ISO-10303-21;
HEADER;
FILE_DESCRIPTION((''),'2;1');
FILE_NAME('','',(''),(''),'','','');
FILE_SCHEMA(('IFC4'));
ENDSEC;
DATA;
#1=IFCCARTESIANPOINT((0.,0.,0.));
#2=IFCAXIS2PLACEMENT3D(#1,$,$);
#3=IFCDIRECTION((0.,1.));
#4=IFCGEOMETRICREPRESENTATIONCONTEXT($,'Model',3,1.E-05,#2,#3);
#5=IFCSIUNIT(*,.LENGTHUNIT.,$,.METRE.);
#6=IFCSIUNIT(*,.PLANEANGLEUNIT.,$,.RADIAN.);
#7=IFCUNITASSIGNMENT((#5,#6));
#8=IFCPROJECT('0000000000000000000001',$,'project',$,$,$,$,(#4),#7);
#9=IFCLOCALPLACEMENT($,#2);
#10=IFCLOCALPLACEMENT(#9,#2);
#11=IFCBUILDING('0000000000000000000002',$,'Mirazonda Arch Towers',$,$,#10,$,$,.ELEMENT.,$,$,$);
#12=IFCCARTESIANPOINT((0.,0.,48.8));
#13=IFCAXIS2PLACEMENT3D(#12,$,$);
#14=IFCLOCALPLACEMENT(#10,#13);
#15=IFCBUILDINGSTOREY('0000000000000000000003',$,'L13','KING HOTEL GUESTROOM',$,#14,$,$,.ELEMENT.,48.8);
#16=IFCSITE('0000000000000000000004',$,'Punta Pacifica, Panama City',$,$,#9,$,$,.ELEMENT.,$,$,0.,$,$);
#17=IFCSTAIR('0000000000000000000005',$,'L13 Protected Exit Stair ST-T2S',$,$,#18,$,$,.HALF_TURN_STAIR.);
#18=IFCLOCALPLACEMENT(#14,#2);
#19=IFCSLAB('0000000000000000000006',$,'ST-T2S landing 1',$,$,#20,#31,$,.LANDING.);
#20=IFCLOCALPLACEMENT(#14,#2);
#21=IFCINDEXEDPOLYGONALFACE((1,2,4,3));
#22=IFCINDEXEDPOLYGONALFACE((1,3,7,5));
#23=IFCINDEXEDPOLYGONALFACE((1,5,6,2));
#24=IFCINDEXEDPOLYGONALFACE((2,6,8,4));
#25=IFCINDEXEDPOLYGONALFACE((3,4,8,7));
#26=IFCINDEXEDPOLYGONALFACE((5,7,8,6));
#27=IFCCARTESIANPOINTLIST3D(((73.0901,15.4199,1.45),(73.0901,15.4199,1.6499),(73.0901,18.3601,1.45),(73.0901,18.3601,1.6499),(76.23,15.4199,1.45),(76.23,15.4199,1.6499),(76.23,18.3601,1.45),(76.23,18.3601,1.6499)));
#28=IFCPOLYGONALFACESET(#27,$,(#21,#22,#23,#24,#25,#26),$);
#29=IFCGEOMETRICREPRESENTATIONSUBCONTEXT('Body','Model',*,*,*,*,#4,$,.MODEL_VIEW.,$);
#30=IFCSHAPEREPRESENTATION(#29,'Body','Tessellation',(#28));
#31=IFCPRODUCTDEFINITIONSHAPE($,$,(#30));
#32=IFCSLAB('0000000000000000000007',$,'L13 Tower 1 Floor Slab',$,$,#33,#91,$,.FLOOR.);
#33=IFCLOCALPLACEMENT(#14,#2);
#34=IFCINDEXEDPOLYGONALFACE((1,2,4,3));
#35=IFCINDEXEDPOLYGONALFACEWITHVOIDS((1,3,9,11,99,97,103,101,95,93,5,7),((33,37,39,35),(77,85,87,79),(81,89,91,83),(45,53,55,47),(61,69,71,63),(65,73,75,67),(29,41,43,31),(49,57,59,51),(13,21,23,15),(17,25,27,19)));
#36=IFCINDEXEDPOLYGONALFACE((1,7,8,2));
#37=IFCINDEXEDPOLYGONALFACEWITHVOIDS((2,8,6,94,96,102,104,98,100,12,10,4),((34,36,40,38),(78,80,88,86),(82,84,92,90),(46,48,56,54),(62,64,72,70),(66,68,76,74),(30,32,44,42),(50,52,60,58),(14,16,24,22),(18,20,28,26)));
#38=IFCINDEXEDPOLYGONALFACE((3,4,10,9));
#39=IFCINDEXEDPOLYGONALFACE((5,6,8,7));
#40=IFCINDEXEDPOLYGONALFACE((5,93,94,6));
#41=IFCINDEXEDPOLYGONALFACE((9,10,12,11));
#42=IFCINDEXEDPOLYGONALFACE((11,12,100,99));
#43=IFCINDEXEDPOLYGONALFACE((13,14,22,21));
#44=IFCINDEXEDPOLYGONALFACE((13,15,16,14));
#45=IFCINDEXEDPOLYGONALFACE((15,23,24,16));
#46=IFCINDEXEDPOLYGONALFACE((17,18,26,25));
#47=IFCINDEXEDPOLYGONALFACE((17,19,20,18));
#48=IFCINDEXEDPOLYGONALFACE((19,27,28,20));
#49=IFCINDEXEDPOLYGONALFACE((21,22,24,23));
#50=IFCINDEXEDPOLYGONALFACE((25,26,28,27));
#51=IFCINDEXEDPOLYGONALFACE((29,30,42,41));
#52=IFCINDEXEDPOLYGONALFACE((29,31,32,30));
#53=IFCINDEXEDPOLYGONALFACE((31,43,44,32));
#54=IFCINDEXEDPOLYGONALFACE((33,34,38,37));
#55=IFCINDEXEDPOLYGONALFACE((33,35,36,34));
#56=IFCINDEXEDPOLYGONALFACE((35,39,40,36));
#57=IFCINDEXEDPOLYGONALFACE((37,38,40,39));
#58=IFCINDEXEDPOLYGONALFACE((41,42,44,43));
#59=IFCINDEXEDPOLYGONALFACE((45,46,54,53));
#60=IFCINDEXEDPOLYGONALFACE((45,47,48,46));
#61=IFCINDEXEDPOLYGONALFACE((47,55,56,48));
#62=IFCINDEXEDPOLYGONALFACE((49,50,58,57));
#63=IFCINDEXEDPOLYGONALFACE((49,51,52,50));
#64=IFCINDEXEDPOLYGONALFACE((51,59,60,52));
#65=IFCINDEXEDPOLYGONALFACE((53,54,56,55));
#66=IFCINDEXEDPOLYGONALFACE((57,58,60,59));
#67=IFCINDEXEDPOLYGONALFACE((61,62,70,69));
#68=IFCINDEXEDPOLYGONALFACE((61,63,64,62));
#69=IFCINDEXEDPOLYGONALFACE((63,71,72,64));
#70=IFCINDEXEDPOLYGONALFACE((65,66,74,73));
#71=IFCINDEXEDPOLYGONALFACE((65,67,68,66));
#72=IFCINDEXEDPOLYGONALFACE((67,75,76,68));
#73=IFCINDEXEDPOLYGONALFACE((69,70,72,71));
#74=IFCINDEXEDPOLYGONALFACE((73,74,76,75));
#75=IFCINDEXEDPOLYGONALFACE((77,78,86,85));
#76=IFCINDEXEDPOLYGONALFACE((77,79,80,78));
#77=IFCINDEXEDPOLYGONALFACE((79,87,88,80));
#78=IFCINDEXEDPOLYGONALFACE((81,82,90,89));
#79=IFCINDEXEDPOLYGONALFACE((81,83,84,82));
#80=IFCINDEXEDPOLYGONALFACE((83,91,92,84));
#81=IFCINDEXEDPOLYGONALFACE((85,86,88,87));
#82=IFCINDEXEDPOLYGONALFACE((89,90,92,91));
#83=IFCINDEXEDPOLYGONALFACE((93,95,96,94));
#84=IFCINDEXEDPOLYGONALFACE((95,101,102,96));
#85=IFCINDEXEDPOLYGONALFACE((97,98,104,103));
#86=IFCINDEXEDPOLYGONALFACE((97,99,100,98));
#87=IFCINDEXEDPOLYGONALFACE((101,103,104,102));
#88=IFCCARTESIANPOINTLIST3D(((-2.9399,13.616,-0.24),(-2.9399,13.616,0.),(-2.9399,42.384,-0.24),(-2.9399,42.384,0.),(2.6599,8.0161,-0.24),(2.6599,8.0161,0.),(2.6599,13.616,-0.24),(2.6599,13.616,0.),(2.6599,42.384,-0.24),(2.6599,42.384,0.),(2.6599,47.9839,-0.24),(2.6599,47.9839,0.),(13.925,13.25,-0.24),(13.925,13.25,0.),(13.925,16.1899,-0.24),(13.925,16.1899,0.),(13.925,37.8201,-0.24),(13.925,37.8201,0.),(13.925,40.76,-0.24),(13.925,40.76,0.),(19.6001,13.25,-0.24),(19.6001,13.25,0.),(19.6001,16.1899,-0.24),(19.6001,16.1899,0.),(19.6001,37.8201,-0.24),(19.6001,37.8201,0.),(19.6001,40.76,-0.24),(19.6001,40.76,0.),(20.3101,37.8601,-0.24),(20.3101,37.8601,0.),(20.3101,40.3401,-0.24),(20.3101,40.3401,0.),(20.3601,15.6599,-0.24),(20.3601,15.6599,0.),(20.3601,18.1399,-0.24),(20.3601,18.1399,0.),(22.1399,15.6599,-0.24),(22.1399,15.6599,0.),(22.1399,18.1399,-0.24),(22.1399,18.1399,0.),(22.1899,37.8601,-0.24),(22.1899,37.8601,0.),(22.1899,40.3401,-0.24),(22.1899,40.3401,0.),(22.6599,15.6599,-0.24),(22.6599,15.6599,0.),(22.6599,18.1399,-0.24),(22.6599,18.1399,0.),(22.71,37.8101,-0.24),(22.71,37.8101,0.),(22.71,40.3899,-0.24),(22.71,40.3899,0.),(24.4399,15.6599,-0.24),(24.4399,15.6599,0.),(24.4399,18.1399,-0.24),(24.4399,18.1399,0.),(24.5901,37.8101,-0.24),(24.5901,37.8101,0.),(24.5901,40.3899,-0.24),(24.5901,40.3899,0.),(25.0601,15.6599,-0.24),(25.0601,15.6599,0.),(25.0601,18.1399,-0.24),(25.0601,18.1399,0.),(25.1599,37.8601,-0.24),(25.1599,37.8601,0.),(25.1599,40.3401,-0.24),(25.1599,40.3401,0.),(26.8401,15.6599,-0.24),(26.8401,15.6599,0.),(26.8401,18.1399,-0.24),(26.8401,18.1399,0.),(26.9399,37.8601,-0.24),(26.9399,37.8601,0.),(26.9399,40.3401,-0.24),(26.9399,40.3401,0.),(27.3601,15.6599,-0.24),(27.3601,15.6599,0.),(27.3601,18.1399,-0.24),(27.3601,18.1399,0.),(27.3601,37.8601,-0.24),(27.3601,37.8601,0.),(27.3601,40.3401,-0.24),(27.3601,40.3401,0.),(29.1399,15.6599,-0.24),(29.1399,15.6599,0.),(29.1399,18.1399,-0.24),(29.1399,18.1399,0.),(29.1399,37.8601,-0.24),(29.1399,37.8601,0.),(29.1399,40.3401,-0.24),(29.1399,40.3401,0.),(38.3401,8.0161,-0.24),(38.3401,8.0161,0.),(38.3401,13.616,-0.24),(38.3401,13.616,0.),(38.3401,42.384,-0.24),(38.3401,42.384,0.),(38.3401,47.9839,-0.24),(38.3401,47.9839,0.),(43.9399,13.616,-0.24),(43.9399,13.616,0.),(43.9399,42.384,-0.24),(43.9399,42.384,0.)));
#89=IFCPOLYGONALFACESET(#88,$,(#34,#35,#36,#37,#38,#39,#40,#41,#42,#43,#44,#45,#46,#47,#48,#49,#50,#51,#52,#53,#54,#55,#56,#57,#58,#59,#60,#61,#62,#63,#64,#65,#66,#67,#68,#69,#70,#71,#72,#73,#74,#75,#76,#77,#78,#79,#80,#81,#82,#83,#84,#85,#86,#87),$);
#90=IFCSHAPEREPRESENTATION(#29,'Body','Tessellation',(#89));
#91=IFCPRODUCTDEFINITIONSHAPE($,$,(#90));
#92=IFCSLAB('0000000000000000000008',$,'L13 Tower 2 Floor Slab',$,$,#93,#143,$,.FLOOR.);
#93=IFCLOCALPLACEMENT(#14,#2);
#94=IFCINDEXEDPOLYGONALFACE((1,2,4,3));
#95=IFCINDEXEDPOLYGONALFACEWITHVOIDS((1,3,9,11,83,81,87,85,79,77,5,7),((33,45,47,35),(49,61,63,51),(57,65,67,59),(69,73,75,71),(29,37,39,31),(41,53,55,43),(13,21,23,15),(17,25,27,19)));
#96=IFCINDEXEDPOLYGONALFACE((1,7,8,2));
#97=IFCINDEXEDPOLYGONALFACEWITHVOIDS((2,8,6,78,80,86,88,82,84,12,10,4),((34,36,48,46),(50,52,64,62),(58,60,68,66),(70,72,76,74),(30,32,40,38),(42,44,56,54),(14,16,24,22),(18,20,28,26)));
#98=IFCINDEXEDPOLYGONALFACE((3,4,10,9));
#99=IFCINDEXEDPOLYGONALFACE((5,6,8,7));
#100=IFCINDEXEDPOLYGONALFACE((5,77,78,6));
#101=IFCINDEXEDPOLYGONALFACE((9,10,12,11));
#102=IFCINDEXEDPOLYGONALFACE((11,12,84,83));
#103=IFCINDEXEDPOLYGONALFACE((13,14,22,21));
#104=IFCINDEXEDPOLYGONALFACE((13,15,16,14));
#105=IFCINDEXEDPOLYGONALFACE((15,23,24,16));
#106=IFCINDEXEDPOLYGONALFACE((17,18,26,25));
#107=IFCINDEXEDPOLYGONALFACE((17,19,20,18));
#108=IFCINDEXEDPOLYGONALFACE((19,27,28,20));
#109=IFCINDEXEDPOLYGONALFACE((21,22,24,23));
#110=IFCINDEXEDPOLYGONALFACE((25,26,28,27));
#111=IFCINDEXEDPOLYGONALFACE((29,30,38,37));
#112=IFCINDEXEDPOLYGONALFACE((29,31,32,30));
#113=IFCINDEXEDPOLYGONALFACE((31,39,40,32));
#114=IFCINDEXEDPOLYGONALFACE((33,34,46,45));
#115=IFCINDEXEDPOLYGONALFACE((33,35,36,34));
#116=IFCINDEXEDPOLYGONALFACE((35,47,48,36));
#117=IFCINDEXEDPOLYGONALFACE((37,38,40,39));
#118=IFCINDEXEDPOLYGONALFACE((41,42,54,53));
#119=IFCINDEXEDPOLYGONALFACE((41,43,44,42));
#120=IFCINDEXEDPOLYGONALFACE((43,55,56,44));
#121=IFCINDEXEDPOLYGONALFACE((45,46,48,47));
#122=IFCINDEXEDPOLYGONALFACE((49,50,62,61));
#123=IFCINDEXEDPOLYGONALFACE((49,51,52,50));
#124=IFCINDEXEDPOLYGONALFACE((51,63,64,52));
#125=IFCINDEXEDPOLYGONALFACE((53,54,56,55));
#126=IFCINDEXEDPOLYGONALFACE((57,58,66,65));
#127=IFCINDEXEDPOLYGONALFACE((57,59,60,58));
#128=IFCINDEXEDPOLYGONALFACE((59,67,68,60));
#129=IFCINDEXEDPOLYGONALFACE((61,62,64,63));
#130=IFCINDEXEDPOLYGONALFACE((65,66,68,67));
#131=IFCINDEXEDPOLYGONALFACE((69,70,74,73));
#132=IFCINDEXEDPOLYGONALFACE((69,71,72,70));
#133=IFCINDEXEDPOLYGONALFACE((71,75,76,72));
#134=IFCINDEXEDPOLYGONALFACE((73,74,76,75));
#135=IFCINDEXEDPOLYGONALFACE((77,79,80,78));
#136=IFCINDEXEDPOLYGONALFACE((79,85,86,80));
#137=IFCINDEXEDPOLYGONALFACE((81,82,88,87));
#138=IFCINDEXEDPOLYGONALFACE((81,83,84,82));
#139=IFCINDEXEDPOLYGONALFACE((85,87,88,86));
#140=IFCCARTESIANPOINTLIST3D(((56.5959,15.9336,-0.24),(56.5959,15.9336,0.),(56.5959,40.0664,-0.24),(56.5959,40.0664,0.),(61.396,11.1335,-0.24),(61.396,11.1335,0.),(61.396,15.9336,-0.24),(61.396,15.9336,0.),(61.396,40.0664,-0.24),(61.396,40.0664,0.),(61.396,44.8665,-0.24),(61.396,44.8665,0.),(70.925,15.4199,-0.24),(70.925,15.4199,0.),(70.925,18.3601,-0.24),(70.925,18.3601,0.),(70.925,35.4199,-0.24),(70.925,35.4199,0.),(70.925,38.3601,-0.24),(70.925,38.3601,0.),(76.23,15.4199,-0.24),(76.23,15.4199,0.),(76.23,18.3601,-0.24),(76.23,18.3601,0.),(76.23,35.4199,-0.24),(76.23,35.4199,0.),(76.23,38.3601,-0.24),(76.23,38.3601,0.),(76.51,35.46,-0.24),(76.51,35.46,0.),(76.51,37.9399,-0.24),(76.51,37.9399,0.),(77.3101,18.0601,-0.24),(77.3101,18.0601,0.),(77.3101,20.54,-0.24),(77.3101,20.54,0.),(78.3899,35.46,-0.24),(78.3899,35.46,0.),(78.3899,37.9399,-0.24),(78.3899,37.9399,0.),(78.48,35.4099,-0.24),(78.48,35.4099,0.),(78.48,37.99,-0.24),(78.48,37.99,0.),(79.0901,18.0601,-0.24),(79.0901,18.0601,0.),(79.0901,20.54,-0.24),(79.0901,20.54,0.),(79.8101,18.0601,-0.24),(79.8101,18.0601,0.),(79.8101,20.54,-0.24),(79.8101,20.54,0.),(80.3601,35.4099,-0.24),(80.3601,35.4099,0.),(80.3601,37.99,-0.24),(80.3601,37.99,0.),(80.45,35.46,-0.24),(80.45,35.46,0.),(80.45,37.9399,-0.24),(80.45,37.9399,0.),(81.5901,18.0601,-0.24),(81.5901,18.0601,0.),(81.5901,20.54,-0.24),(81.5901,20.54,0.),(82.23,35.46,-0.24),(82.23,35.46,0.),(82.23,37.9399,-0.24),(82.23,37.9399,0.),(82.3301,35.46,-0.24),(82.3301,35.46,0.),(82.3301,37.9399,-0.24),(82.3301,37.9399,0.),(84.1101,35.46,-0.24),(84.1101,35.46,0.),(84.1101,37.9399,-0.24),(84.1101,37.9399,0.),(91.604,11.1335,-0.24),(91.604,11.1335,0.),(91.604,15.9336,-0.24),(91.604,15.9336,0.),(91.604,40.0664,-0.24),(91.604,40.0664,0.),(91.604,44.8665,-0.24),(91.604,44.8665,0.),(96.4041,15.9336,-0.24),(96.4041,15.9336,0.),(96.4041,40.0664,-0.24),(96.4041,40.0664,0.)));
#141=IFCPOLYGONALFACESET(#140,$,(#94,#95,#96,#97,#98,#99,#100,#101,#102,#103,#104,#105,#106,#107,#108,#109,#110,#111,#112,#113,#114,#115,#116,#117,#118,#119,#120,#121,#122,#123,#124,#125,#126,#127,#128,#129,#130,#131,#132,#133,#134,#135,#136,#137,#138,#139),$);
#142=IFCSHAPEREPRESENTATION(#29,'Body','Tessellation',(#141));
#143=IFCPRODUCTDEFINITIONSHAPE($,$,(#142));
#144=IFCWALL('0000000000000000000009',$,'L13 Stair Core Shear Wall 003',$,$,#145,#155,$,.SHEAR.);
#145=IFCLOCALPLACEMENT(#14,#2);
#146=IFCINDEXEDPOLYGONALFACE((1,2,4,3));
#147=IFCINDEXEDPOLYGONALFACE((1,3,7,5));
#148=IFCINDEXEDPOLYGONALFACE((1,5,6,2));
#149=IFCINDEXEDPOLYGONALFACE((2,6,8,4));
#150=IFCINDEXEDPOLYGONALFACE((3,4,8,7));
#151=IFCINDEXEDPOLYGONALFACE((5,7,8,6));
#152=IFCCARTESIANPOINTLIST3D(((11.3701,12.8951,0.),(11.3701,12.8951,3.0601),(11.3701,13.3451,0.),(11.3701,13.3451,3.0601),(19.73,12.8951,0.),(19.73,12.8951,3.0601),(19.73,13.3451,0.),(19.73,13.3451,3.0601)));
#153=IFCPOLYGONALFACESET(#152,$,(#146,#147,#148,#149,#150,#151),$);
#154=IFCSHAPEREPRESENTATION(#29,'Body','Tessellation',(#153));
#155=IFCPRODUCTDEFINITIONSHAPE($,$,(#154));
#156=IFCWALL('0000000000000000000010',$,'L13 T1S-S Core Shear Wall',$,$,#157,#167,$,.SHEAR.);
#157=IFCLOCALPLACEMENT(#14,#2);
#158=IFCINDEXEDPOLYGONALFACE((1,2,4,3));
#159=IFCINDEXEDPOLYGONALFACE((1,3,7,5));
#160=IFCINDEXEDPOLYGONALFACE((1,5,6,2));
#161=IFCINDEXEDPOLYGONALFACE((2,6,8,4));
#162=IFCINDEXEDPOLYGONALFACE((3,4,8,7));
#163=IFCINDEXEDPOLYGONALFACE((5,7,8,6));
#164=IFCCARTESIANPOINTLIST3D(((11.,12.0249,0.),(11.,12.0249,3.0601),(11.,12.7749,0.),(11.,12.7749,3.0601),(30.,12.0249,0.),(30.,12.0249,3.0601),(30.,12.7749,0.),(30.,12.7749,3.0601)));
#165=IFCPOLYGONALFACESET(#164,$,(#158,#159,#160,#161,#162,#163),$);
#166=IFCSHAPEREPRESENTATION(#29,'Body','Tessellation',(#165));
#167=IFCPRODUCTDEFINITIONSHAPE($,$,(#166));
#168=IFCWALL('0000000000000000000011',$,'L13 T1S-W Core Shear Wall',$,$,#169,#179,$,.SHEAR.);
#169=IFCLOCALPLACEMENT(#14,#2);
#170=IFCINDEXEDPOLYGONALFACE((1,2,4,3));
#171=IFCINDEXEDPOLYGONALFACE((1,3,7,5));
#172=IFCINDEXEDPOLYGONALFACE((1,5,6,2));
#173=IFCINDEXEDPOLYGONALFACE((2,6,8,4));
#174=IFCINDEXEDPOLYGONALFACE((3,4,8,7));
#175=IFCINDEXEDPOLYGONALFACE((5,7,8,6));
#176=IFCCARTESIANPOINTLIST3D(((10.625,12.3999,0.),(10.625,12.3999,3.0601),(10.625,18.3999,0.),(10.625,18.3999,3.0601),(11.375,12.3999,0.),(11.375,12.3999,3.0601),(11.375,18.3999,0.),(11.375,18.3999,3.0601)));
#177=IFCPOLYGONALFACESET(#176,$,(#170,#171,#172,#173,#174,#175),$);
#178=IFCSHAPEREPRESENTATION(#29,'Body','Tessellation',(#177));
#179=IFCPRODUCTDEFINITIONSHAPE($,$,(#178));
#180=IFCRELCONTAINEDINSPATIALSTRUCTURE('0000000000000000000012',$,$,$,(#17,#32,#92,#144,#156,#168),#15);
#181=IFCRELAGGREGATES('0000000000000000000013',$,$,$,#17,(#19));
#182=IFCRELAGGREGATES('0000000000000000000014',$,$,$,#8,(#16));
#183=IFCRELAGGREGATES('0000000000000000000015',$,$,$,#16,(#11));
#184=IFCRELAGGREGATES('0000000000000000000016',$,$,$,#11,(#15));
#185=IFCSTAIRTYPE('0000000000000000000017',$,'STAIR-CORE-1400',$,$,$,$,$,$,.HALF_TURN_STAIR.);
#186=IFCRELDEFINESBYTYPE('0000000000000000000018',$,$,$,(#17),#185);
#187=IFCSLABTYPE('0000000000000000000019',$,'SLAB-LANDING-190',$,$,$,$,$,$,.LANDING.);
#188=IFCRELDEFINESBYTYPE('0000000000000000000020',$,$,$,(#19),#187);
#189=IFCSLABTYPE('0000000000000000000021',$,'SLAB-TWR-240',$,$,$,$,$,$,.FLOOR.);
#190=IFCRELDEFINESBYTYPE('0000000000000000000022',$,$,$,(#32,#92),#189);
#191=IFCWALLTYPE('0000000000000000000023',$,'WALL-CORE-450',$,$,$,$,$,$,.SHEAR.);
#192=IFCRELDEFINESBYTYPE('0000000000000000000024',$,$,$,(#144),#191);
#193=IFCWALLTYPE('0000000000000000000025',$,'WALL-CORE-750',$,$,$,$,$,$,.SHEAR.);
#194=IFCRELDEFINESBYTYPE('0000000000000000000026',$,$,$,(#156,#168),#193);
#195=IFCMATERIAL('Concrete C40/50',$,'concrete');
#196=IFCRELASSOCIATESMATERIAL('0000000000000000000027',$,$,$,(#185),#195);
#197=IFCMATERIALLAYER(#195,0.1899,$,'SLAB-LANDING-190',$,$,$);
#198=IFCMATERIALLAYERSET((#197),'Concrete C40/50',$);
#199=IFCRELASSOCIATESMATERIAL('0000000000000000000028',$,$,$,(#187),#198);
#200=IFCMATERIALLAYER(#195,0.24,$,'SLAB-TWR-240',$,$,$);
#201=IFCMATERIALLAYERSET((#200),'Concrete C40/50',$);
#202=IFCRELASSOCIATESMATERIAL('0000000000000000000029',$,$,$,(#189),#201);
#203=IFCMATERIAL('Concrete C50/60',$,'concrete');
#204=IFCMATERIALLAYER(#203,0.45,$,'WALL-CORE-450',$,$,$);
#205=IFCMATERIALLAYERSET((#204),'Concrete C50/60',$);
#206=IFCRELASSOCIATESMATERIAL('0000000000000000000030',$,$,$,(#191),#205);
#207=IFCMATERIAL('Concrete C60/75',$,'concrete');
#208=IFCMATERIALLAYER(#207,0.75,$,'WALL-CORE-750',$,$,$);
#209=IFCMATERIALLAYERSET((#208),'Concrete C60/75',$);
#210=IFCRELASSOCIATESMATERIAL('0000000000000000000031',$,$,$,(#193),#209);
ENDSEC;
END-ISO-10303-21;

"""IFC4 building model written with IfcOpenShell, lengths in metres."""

from ifc_helpers import new_model, si_unit, direction, frame, frame_2d, origin, place, context, subcontext, project, spatial, polyline, rectangle, outline, extrude, material, layer, layer_set, type_object, element, aggregate, save


model = new_model("IFC4")

# Units and contexts
model_context = context("Model", 3, precision=1e-05, world=origin(), true_north=direction((0.0, 1.0)))
body_context = subcontext(model_context, "Body", "Model", "MODEL_VIEW")
ifc_project = project(units=[si_unit("LENGTHUNIT", "METRE"), si_unit("PLANEANGLEUNIT", "RADIAN")], contexts=[model_context])

# Site, building, storey
site_placement = place(None, origin())
site = spatial("IfcSite", under=ifc_project, at=site_placement, Name="Punta Pacifica, Panama City", CompositionType="ELEMENT", RefElevation=0.0)
building_placement = place(site_placement, origin())
building = spatial("IfcBuilding", under=site, at=building_placement, Name="Mirazonda Arch Towers", CompositionType="ELEMENT")
storey_placement = place(building_placement, frame((0.0, 0.0, 48.8)))
storey = spatial("IfcBuildingStorey", under=building, at=storey_placement, Name="L13", Description="KING HOTEL GUESTROOM", CompositionType="ELEMENT", Elevation=48.8)

# Shared definitions
ifc_material_1 = material(Name="Concrete C60/75", Category="concrete")

# Stair, slab
ifc_material_2 = material(Name="Concrete C40/50", Category="concrete")
stair_type = type_object("IfcStairType", Name="STAIR-CORE-1400", PredefinedType="HALF_TURN_STAIR", material=ifc_material_2)
ifc_layer_1 = layer(ifc_material_2, 0.1899, Name="SLAB-LANDING-190")
ifc_layer_set_1 = layer_set([ifc_layer_1], Name="Concrete C40/50")
slab_type_1 = type_object("IfcSlabType", Name="SLAB-LANDING-190", PredefinedType="LANDING", material=ifc_layer_set_1)
stair_1_placement = place(storey_placement, origin())
stair_1 = element("IfcStair", 1, at=stair_1_placement, inside=storey, type_object=stair_type, Name="L13 Protected Exit Stair ST-T2S", PredefinedType="HALF_TURN_STAIR")
slab_1_placement = place(storey_placement, frame((0.0, 0.0, 1.45)))
slab_1 = element("IfcSlab", 2, at=slab_1_placement, type_object=slab_type_1, Name="ST-T2S landing 1", PredefinedType="LANDING", context=body_context, shape_type="SweptSolid", body=[
    extrude(outline(polyline([(73.0901, 15.4199), (76.23, 15.4199), (76.23, 18.3601), (73.0901, 18.3601), (73.0901, 15.4199)])), origin(), (0.0, 0.0, 1.0), 0.2),
])
aggregate(stair_1, [slab_1])

# Slabs
ifc_layer_2 = layer(ifc_material_2, 0.24, Name="SLAB-TWR-240")
ifc_layer_set_2 = layer_set([ifc_layer_2], Name="Concrete C40/50")
slab_type_2 = type_object("IfcSlabType", Name="SLAB-TWR-240", PredefinedType="FLOOR", material=ifc_layer_set_2)
slab_2_placement = place(storey_placement, frame((0.0, 0.0, -0.24)))
element("IfcSlab", 3, at=slab_2_placement, inside=storey, type_object=slab_type_2, Name="L13 Tower 1 Floor Slab", PredefinedType="FLOOR", context=body_context, shape_type="SweptSolid", body=[
    extrude(outline(polyline([(2.6599, 8.0161), (38.3401, 8.0161), (38.3401, 13.616), (43.9399, 13.616), (43.9399, 42.384), (38.3401, 42.384), (38.3401, 47.9839), (2.6599, 47.9839), (2.6599, 42.384), (-2.9399, 42.384), (-2.9399, 13.616), (2.6599, 13.616), (2.6599, 8.0161)]), holes=[polyline([(29.1399, 18.1399), (29.1399, 15.6599), (27.3601, 15.6599), (27.3601, 18.1399), (29.1399, 18.1399)]), polyline([(29.1399, 40.3401), (29.1399, 37.8601), (27.3601, 37.8601), (27.3601, 40.3401), (29.1399, 40.3401)]), polyline([(25.1599, 40.3401), (26.9399, 40.3401), (26.9399, 37.8601), (25.1599, 37.8601), (25.1599, 40.3401)]), polyline([(26.8401, 18.1399), (26.8401, 15.6599), (25.0601, 15.6599), (25.0601, 18.1399), (26.8401, 18.1399)]), polyline([(22.71, 40.3899), (24.5901, 40.3899), (24.5901, 37.8101), (22.71, 37.8101), (22.71, 40.3899)]), polyline([(22.6599, 18.1399), (24.4399, 18.1399), (24.4399, 15.6599), (22.6599, 15.6599), (22.6599, 18.1399)]), polyline([(20.3101, 40.3401), (22.1899, 40.3401), (22.1899, 37.8601), (20.3101, 37.8601), (20.3101, 40.3401)]), polyline([(20.3601, 18.1399), (22.1399, 18.1399), (22.1399, 15.6599), (20.3601, 15.6599), (20.3601, 18.1399)]), polyline([(13.925, 40.76), (19.6001, 40.76), (19.6001, 37.8201), (13.925, 37.8201), (13.925, 40.76)]), polyline([(13.925, 13.25), (13.925, 16.1899), (19.6001, 16.1899), (19.6001, 13.25), (13.925, 13.25)])]), origin(), (0.0, 0.0, 1.0), 0.24),
])
slab_3_placement = place(storey_placement, frame((0.0, 0.0, -0.24)))
element("IfcSlab", 4, at=slab_3_placement, inside=storey, type_object=slab_type_2, Name="L13 Tower 2 Floor Slab", PredefinedType="FLOOR", context=body_context, shape_type="SweptSolid", body=[
    extrude(outline(polyline([(61.396, 11.1335), (91.604, 11.1335), (91.604, 15.9336), (96.4041, 15.9336), (96.4041, 40.0664), (91.604, 40.0664), (91.604, 44.8665), (61.396, 44.8665), (61.396, 40.0664), (56.5959, 40.0664), (56.5959, 15.9336), (61.396, 15.9336), (61.396, 11.1335)]), holes=[polyline([(82.3301, 37.9399), (84.1101, 37.9399), (84.1101, 35.46), (82.3301, 35.46), (82.3301, 37.9399)]), polyline([(80.45, 37.9399), (82.23, 37.9399), (82.23, 35.46), (80.45, 35.46), (80.45, 37.9399)]), polyline([(79.8101, 20.54), (81.5901, 20.54), (81.5901, 18.0601), (79.8101, 18.0601), (79.8101, 20.54)]), polyline([(78.48, 37.99), (80.3601, 37.99), (80.3601, 35.4099), (78.48, 35.4099), (78.48, 37.99)]), polyline([(77.3101, 20.54), (79.0901, 20.54), (79.0901, 18.0601), (77.3101, 18.0601), (77.3101, 20.54)]), polyline([(76.51, 37.9399), (78.3899, 37.9399), (78.3899, 35.46), (76.51, 35.46), (76.51, 37.9399)]), polyline([(70.925, 15.4199), (70.925, 18.3601), (76.23, 18.3601), (76.23, 15.4199), (70.925, 15.4199)]), polyline([(70.925, 35.4199), (70.925, 38.3601), (76.23, 38.3601), (76.23, 35.4199), (70.925, 35.4199)])]), origin(), (0.0, 0.0, 1.0), 0.24),
])

# Walls
ifc_material_3 = material(Name="Concrete C50/60", Category="concrete")
ifc_layer_3 = layer(ifc_material_3, 0.45, Name="WALL-CORE-450")
ifc_layer_set_3 = layer_set([ifc_layer_3], Name="Concrete C50/60")
wall_type_1 = type_object("IfcWallType", Name="WALL-CORE-450", PredefinedType="SHEAR", material=ifc_layer_set_3)
wall_1_placement = place(storey_placement, frame((11.3701, 13.1201, 0.0), z_axis=(0.0, 0.0, 1.0), x_axis=(1.0, 0.0, 0.0)))
element("IfcWall", 5, at=wall_1_placement, inside=storey, type_object=wall_type_1, Name="L13 Stair Core Shear Wall 003", PredefinedType="SHEAR", context=body_context, shape_type="SweptSolid", body=[
    extrude(rectangle(XDim=8.3599, YDim=0.45, at=frame_2d((4.1799, 0.0))), origin(), (0.0, 0.0, 1.0), 3.0601),
])
ifc_layer_4 = layer(ifc_material_1, 0.75, Name="WALL-CORE-750")
ifc_layer_set_4 = layer_set([ifc_layer_4], Name="Concrete C60/75")
wall_type_2 = type_object("IfcWallType", Name="WALL-CORE-750", PredefinedType="SHEAR", material=ifc_layer_set_4)
wall_2_placement = place(storey_placement, frame((11.0, 12.3999, 0.0), z_axis=(0.0, 0.0, 1.0), x_axis=(1.0, 0.0, 0.0)))
element("IfcWall", 6, at=wall_2_placement, inside=storey, type_object=wall_type_2, Name="L13 T1S-S Core Shear Wall", PredefinedType="SHEAR", context=body_context, shape_type="SweptSolid", body=[
    extrude(rectangle(XDim=19.0, YDim=0.75, at=frame_2d((9.5, 0.0))), origin(), (0.0, 0.0, 1.0), 3.0601),
])
wall_3_placement = place(storey_placement, frame((11.0, 12.3999, 0.0), z_axis=(0.0, 0.0, 1.0), x_axis=(0.0, 1.0, 0.0)))
element("IfcWall", 7, at=wall_3_placement, inside=storey, type_object=wall_type_2, Name="L13 T1S-W Core Shear Wall", PredefinedType="SHEAR", context=body_context, shape_type="SweptSolid", body=[
    extrude(rectangle(XDim=6.0, YDim=0.75, at=frame_2d((3.0, 0.0))), origin(), (0.0, 0.0, 1.0), 3.0601),
])

save(model, "model.ifc")
